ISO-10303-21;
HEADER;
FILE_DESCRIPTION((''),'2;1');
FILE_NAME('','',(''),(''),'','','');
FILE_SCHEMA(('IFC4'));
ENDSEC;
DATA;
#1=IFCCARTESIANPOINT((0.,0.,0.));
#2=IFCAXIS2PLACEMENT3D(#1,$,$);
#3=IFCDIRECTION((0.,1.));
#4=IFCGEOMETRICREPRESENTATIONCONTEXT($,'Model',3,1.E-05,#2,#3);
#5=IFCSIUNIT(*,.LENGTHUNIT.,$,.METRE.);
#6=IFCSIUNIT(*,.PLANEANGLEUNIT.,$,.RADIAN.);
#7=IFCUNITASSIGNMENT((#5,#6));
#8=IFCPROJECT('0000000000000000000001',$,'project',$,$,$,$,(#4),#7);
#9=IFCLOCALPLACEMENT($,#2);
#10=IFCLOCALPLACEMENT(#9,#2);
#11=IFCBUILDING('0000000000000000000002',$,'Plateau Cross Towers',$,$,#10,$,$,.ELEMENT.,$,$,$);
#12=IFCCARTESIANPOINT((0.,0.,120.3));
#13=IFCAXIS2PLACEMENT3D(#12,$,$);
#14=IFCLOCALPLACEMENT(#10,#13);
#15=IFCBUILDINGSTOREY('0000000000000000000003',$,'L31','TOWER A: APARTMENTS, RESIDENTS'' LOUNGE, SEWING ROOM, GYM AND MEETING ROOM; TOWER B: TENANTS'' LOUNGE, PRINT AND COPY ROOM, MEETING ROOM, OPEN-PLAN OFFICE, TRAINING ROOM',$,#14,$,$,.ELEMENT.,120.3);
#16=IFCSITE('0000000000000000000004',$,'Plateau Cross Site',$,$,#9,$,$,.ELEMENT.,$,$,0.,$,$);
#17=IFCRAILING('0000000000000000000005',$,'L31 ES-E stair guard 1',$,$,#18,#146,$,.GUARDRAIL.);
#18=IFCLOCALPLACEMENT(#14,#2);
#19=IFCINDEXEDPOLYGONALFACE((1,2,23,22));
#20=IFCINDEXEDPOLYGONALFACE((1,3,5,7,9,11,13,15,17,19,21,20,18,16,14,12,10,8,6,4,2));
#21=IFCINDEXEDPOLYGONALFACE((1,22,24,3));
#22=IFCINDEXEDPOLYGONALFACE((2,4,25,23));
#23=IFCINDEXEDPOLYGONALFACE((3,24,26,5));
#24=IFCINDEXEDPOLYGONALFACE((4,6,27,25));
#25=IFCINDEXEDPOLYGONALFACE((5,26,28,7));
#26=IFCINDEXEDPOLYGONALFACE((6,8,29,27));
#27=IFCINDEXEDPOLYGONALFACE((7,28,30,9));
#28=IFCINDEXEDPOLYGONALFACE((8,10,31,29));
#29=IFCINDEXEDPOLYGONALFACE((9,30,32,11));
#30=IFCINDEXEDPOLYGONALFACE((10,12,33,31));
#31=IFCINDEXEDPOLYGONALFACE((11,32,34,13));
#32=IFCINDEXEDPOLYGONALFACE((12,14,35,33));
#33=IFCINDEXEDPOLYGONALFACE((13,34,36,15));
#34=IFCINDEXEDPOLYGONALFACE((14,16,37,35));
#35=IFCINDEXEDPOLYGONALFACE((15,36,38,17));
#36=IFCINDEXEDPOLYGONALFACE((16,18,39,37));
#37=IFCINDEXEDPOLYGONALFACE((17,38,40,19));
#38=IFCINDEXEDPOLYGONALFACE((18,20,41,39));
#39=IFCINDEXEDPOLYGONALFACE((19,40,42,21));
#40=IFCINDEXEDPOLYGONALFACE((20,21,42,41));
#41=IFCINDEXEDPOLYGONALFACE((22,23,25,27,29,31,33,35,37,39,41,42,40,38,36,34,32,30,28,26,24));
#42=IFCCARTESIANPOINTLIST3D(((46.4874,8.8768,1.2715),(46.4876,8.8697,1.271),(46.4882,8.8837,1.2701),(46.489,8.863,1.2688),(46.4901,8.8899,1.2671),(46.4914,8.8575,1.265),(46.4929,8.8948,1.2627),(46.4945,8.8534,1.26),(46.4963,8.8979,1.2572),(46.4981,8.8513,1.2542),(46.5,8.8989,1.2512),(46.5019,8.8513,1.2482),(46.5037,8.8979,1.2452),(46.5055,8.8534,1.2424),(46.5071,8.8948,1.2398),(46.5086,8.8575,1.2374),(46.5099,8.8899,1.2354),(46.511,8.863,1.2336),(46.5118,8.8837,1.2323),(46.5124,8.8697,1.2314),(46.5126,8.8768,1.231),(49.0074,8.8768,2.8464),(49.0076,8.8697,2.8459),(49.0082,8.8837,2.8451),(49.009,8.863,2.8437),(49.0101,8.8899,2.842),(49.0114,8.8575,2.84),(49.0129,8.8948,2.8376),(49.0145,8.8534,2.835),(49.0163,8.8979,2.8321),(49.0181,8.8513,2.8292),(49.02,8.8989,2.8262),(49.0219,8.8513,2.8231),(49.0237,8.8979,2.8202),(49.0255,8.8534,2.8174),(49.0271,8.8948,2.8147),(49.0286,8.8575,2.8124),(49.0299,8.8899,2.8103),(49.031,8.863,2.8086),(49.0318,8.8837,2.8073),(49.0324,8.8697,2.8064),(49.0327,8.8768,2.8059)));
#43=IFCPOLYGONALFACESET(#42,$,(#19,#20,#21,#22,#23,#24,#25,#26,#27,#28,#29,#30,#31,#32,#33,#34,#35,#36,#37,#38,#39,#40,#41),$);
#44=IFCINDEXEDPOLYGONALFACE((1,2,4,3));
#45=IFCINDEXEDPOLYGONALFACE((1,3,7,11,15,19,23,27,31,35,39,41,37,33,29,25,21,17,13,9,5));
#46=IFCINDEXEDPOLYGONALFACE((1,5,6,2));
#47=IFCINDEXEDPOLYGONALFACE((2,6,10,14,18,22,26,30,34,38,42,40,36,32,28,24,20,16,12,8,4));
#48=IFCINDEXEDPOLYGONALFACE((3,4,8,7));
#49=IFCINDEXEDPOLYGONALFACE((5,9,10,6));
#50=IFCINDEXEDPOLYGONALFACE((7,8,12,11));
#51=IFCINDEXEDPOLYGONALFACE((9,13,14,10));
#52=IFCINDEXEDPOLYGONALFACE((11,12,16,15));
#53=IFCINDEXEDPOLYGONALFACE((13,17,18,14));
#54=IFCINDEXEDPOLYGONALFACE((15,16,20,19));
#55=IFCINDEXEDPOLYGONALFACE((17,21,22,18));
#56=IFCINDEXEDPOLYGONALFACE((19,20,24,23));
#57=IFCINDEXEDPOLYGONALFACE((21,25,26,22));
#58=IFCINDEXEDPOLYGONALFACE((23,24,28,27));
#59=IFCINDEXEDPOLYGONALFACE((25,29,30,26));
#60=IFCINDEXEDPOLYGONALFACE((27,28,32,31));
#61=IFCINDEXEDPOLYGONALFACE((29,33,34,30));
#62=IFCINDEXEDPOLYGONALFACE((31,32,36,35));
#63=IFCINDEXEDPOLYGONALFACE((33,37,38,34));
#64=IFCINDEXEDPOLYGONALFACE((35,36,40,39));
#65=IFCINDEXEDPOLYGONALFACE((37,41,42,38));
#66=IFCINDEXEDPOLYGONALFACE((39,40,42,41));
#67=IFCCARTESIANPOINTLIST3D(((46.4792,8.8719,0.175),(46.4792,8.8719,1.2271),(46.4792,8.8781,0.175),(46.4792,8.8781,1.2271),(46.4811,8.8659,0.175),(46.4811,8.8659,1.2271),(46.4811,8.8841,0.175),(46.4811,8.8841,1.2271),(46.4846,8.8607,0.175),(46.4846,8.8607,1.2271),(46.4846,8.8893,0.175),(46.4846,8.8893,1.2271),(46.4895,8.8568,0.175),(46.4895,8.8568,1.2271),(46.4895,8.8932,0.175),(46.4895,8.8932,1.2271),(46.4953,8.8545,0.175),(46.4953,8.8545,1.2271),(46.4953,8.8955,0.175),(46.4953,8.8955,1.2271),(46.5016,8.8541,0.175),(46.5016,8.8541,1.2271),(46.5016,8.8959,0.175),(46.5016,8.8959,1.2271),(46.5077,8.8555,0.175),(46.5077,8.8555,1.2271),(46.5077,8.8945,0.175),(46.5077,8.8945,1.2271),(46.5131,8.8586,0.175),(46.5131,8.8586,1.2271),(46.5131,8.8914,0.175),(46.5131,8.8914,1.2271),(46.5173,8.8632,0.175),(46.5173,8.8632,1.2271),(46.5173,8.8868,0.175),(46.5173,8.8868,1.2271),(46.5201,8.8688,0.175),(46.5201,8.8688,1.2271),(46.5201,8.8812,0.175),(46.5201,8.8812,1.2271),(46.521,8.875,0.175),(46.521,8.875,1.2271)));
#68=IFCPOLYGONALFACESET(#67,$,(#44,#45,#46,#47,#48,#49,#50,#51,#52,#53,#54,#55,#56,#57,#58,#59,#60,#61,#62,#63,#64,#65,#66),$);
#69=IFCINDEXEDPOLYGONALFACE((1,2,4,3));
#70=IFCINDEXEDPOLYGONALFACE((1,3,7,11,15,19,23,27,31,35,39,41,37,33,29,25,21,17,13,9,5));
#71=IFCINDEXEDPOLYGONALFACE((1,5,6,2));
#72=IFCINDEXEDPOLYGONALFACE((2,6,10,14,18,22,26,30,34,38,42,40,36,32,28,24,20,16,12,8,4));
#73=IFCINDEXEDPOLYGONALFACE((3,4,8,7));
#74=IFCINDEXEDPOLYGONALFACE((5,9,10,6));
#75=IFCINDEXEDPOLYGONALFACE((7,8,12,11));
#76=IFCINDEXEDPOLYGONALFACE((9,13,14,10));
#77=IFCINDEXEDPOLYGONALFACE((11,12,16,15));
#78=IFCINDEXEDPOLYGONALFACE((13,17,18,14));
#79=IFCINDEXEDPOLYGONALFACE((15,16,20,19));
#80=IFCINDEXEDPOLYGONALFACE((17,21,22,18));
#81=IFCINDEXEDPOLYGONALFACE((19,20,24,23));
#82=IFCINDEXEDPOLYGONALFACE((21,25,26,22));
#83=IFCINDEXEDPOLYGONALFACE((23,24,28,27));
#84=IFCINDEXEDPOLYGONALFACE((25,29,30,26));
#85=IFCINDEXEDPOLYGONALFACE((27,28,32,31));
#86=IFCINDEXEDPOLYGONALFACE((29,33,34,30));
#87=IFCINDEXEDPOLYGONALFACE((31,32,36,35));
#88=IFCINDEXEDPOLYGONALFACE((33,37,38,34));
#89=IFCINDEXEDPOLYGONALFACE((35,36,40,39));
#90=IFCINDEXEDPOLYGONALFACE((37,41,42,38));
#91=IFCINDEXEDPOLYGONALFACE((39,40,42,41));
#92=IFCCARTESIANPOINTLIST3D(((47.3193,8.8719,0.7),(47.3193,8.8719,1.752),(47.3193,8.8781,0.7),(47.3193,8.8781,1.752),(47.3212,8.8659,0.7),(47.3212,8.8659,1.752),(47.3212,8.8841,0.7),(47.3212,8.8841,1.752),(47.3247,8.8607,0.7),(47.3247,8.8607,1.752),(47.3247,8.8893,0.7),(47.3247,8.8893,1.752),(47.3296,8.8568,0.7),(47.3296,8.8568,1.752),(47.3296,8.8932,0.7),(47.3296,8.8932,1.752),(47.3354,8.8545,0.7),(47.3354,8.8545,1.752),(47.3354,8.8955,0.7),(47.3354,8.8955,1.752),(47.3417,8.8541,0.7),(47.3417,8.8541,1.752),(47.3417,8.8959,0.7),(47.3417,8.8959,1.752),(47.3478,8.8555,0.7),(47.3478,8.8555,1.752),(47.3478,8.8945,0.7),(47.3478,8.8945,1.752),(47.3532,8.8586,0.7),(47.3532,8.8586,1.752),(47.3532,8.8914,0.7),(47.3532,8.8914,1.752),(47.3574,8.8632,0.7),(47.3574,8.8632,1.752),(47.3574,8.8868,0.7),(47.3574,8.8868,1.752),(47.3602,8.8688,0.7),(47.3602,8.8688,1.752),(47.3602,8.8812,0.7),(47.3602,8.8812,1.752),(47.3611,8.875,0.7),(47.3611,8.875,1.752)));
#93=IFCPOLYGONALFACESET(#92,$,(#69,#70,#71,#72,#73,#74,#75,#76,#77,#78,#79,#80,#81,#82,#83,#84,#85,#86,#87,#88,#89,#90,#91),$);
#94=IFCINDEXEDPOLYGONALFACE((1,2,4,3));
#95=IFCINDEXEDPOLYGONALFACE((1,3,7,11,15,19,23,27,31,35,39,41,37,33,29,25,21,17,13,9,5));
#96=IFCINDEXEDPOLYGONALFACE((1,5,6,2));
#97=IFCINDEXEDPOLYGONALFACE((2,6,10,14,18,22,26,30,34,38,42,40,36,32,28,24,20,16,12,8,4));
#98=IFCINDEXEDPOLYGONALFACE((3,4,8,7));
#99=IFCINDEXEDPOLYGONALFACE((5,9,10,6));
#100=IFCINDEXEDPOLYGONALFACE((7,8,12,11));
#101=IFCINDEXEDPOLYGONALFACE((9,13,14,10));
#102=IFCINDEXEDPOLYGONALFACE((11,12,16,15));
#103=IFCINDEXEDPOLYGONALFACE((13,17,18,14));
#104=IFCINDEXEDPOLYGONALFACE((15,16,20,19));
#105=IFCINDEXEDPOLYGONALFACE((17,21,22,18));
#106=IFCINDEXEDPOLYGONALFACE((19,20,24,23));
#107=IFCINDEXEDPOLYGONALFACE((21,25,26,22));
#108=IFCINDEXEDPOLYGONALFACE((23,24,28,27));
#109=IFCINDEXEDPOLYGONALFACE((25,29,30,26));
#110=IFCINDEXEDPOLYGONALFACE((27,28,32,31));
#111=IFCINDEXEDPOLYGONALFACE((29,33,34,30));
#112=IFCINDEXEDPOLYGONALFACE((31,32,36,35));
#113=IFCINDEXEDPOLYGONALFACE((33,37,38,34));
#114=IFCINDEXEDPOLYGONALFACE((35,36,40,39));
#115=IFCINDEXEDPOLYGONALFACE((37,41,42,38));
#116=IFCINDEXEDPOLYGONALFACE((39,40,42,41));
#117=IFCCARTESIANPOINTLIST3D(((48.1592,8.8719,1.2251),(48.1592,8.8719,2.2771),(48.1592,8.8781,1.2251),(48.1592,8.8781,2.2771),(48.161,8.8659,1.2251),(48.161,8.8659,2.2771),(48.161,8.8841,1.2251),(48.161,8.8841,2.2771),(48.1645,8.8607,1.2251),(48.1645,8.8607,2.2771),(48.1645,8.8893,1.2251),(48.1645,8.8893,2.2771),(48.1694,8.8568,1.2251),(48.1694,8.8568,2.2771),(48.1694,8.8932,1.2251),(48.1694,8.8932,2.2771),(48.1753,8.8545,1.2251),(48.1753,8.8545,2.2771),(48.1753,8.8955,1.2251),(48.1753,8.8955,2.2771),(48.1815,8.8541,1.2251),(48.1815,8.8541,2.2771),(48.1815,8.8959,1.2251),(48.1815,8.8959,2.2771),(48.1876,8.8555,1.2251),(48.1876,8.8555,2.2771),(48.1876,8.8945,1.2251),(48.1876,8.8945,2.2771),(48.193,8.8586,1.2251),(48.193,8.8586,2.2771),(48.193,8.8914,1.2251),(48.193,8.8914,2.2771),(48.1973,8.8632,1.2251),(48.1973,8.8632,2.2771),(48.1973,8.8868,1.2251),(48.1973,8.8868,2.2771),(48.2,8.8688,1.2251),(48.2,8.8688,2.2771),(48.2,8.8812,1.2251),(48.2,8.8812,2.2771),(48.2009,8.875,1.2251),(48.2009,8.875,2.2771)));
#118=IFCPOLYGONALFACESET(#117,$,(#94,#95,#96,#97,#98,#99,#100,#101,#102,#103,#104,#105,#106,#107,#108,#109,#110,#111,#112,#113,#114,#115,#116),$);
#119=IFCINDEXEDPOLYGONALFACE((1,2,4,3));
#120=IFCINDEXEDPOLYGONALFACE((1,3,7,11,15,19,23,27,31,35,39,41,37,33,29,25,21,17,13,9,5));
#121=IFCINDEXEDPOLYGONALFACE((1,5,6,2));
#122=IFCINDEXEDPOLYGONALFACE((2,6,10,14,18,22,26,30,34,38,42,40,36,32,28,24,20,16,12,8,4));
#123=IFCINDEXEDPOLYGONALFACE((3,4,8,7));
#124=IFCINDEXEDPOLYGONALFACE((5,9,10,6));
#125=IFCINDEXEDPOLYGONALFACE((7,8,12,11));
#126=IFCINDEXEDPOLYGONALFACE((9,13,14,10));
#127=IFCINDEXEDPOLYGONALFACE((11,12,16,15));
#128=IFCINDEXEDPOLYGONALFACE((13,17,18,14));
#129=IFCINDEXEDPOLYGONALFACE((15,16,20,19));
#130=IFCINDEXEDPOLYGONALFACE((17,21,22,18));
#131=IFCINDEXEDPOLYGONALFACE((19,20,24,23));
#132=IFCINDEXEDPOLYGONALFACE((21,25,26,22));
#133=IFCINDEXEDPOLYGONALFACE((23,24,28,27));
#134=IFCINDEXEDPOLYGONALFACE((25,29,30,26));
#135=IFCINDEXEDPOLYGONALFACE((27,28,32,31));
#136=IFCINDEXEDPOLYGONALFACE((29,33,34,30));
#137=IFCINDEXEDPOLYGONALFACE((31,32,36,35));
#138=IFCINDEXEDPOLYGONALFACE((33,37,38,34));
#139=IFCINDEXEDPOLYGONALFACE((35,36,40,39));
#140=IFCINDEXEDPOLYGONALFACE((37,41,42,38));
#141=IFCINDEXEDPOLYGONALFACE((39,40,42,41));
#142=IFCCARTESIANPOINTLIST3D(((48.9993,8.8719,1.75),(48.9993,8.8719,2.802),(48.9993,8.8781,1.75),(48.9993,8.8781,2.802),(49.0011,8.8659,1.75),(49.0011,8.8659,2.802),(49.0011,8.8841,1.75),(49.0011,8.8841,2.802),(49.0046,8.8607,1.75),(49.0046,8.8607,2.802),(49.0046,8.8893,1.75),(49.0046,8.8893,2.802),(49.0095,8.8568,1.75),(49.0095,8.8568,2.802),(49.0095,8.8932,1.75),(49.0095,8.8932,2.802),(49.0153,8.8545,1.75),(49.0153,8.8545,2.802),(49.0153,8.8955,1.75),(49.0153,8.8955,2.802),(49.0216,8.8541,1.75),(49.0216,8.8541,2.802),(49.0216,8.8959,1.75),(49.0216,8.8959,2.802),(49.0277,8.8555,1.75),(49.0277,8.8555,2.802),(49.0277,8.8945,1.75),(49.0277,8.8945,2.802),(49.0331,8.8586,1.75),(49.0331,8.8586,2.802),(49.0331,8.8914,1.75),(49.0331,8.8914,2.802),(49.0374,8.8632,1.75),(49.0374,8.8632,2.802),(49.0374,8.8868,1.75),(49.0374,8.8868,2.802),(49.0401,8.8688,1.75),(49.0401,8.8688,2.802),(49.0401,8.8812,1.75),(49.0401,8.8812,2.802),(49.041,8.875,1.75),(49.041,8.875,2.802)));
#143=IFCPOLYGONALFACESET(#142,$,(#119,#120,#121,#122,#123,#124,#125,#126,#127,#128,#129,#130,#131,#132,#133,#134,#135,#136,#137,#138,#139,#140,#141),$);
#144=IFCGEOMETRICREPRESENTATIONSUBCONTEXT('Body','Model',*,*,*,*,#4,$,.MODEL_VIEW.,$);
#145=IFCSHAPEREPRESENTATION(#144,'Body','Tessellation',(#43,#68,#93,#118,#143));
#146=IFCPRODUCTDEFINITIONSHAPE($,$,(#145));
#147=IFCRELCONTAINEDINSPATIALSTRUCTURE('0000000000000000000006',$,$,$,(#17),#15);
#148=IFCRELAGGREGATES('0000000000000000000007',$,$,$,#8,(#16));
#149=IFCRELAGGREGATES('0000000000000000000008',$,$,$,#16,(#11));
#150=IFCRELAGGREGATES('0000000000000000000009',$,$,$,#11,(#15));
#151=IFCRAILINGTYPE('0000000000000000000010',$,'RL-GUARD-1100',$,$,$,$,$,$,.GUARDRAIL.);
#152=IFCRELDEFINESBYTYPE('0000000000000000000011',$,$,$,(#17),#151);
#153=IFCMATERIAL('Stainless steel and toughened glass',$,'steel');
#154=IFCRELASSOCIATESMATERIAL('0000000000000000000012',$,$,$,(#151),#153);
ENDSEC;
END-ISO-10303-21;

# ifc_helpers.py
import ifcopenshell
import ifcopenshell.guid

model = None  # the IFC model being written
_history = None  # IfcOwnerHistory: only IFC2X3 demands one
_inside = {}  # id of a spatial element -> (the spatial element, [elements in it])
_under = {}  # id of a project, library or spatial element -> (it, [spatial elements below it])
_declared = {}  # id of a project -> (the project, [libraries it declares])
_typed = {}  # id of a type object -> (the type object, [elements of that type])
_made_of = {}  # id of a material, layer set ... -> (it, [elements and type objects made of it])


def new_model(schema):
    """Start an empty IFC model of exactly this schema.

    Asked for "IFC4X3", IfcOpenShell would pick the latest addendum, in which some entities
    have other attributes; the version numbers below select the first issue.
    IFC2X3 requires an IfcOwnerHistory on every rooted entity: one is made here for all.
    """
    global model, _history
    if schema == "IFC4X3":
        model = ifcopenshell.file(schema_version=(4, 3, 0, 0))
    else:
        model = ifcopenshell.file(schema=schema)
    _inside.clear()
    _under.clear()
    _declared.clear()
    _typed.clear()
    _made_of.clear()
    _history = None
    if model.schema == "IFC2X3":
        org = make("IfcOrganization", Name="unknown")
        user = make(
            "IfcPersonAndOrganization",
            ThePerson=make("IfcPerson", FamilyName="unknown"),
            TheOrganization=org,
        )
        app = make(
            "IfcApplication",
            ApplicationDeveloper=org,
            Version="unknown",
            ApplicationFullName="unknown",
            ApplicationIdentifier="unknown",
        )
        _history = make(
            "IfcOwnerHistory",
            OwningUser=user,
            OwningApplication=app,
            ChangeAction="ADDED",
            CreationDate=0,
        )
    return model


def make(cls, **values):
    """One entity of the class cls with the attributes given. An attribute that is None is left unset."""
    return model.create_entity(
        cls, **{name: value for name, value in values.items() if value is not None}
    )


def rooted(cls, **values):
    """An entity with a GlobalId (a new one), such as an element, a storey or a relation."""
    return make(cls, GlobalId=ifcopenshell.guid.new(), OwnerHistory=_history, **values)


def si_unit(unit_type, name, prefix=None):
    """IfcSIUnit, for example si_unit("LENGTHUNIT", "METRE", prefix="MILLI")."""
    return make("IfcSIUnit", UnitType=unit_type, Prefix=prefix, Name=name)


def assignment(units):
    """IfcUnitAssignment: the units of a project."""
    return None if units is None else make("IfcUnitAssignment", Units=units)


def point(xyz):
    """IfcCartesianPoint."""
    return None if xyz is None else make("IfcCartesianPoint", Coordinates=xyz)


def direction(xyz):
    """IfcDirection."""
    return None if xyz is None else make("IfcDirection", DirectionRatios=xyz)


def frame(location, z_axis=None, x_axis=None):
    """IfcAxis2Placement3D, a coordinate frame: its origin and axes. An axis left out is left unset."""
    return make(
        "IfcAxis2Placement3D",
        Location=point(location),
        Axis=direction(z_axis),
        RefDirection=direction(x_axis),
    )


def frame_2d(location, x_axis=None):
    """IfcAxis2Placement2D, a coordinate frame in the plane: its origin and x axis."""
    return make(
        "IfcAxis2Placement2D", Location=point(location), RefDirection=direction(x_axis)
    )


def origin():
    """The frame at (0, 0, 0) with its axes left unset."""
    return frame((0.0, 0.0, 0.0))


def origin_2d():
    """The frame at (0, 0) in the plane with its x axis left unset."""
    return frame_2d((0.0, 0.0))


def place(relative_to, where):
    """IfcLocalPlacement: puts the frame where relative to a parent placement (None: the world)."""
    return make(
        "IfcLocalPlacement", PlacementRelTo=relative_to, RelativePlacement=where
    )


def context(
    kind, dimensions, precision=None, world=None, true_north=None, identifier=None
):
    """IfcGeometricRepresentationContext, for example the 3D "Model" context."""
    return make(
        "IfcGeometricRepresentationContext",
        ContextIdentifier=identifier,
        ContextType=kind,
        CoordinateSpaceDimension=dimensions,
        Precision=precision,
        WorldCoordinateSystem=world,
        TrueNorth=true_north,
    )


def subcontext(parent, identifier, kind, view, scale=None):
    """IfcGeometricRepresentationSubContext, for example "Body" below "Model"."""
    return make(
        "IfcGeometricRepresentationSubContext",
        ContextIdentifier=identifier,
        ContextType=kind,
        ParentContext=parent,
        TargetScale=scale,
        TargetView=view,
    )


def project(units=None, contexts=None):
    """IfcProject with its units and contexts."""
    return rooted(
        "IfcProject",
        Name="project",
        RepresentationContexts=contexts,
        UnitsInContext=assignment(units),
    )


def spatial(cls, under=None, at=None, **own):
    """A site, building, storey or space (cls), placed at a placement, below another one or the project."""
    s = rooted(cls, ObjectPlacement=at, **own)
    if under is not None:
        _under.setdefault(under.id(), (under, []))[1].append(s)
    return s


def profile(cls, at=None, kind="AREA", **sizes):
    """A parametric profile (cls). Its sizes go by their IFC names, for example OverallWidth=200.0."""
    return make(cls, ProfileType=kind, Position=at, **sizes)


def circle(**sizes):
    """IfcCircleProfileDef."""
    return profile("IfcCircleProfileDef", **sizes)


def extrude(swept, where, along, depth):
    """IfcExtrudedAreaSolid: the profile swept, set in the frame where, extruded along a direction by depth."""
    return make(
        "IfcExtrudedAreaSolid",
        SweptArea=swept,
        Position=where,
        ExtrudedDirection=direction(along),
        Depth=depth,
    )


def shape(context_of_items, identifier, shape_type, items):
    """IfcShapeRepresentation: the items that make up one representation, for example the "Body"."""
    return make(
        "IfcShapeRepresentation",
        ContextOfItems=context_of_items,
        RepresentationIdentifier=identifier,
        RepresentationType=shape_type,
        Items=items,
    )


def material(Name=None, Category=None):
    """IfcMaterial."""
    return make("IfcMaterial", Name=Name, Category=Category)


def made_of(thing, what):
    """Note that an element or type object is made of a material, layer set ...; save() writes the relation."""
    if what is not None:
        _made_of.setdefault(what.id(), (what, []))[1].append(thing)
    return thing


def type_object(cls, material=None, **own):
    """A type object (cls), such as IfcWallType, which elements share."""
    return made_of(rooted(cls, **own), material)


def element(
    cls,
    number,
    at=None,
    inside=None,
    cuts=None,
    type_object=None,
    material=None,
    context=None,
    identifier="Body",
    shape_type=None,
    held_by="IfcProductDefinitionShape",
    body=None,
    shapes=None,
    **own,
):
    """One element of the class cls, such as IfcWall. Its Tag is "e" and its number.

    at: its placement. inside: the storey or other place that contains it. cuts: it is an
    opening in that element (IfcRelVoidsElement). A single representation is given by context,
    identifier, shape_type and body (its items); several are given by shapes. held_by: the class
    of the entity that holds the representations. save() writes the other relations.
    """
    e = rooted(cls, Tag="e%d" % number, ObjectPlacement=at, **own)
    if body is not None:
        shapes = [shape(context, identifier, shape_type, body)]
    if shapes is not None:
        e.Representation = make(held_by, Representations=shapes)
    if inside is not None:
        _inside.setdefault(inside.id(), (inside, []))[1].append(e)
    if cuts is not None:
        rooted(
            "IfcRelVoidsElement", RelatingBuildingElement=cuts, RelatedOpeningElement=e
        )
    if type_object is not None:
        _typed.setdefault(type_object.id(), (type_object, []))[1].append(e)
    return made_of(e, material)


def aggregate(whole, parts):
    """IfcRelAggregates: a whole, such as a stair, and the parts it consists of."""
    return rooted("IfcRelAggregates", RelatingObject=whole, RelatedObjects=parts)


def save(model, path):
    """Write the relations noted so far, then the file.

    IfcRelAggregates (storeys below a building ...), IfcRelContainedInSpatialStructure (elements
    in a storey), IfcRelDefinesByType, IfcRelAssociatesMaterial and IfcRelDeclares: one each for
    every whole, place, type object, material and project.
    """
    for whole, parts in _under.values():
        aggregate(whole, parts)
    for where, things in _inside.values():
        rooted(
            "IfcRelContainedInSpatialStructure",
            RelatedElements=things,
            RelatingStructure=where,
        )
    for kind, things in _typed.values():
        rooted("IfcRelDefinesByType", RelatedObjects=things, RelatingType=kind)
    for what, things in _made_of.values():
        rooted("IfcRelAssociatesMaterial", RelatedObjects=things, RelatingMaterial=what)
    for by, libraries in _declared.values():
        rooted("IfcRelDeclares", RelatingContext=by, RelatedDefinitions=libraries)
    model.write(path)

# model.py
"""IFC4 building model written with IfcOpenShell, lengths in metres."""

from ifc_helpers import new_model, si_unit, direction, frame, origin, origin_2d, place, context, subcontext, project, spatial, circle, extrude, material, type_object, element, save


model = new_model("IFC4")

# Units and contexts
model_context = context("Model", 3, precision=1e-05, world=origin(), true_north=direction((0.0, 1.0)))
body_context = subcontext(model_context, "Body", "Model", "MODEL_VIEW")
ifc_project = project(units=[si_unit("LENGTHUNIT", "METRE"), si_unit("PLANEANGLEUNIT", "RADIAN")], contexts=[model_context])

# Site, building, storey
site_placement = place(None, origin())
site = spatial("IfcSite", under=ifc_project, at=site_placement, Name="Plateau Cross Site", CompositionType="ELEMENT", RefElevation=0.0)
building_placement = place(site_placement, origin())
building = spatial("IfcBuilding", under=site, at=building_placement, Name="Plateau Cross Towers", CompositionType="ELEMENT")
storey_placement = place(building_placement, frame((0.0, 0.0, 120.3)))
storey = spatial("IfcBuildingStorey", under=building, at=storey_placement, Name="L31", Description="TOWER A: APARTMENTS, RESIDENTS' LOUNGE, SEWING ROOM, GYM AND MEETING ROOM; TOWER B: TENANTS' LOUNGE, PRINT AND COPY ROOM, MEETING ROOM, OPEN-PLAN OFFICE, TRAINING ROOM", CompositionType="ELEMENT", Elevation=120.3)

# Railing
ifc_material_1 = material(Name="Stainless steel and toughened glass", Category="steel")
railing_type_1 = type_object("IfcRailingType", Name="RL-GUARD-1100", PredefinedType="GUARDRAIL", material=ifc_material_1)
railing_1_placement = place(storey_placement, frame((46.5, 8.875, 0.175)))
element("IfcRailing", 1, at=railing_1_placement, inside=storey, type_object=railing_type_1, Name="L31 ES-E stair guard 1", PredefinedType="GUARDRAIL", context=body_context, shape_type="SweptSolid", body=[
    extrude(circle(Radius=0.0239, at=origin_2d()), frame((0.0, 0.0, 1.0762), z_axis=(0.848008, 0.0, 0.529984), x_axis=(0.0, 1.0, 0.0)), (0.0, 0.0, 1.0), 2.9717),
    extrude(circle(Radius=0.021, at=origin_2d()), origin(), (0.0, 0.0, 1.0), 1.052),
    extrude(circle(Radius=0.021, at=origin_2d()), frame((0.8401, 0.0, 0.5249)), (0.0, 0.0, 1.0), 1.052),
    extrude(circle(Radius=0.021, at=origin_2d()), frame((1.6799, 0.0, 1.05)), (0.0, 0.0, 1.0), 1.052),
    extrude(circle(Radius=0.021, at=origin_2d()), frame((2.52, 0.0, 1.575)), (0.0, 0.0, 1.0), 1.052),
])

save(model, "model.ifc")
